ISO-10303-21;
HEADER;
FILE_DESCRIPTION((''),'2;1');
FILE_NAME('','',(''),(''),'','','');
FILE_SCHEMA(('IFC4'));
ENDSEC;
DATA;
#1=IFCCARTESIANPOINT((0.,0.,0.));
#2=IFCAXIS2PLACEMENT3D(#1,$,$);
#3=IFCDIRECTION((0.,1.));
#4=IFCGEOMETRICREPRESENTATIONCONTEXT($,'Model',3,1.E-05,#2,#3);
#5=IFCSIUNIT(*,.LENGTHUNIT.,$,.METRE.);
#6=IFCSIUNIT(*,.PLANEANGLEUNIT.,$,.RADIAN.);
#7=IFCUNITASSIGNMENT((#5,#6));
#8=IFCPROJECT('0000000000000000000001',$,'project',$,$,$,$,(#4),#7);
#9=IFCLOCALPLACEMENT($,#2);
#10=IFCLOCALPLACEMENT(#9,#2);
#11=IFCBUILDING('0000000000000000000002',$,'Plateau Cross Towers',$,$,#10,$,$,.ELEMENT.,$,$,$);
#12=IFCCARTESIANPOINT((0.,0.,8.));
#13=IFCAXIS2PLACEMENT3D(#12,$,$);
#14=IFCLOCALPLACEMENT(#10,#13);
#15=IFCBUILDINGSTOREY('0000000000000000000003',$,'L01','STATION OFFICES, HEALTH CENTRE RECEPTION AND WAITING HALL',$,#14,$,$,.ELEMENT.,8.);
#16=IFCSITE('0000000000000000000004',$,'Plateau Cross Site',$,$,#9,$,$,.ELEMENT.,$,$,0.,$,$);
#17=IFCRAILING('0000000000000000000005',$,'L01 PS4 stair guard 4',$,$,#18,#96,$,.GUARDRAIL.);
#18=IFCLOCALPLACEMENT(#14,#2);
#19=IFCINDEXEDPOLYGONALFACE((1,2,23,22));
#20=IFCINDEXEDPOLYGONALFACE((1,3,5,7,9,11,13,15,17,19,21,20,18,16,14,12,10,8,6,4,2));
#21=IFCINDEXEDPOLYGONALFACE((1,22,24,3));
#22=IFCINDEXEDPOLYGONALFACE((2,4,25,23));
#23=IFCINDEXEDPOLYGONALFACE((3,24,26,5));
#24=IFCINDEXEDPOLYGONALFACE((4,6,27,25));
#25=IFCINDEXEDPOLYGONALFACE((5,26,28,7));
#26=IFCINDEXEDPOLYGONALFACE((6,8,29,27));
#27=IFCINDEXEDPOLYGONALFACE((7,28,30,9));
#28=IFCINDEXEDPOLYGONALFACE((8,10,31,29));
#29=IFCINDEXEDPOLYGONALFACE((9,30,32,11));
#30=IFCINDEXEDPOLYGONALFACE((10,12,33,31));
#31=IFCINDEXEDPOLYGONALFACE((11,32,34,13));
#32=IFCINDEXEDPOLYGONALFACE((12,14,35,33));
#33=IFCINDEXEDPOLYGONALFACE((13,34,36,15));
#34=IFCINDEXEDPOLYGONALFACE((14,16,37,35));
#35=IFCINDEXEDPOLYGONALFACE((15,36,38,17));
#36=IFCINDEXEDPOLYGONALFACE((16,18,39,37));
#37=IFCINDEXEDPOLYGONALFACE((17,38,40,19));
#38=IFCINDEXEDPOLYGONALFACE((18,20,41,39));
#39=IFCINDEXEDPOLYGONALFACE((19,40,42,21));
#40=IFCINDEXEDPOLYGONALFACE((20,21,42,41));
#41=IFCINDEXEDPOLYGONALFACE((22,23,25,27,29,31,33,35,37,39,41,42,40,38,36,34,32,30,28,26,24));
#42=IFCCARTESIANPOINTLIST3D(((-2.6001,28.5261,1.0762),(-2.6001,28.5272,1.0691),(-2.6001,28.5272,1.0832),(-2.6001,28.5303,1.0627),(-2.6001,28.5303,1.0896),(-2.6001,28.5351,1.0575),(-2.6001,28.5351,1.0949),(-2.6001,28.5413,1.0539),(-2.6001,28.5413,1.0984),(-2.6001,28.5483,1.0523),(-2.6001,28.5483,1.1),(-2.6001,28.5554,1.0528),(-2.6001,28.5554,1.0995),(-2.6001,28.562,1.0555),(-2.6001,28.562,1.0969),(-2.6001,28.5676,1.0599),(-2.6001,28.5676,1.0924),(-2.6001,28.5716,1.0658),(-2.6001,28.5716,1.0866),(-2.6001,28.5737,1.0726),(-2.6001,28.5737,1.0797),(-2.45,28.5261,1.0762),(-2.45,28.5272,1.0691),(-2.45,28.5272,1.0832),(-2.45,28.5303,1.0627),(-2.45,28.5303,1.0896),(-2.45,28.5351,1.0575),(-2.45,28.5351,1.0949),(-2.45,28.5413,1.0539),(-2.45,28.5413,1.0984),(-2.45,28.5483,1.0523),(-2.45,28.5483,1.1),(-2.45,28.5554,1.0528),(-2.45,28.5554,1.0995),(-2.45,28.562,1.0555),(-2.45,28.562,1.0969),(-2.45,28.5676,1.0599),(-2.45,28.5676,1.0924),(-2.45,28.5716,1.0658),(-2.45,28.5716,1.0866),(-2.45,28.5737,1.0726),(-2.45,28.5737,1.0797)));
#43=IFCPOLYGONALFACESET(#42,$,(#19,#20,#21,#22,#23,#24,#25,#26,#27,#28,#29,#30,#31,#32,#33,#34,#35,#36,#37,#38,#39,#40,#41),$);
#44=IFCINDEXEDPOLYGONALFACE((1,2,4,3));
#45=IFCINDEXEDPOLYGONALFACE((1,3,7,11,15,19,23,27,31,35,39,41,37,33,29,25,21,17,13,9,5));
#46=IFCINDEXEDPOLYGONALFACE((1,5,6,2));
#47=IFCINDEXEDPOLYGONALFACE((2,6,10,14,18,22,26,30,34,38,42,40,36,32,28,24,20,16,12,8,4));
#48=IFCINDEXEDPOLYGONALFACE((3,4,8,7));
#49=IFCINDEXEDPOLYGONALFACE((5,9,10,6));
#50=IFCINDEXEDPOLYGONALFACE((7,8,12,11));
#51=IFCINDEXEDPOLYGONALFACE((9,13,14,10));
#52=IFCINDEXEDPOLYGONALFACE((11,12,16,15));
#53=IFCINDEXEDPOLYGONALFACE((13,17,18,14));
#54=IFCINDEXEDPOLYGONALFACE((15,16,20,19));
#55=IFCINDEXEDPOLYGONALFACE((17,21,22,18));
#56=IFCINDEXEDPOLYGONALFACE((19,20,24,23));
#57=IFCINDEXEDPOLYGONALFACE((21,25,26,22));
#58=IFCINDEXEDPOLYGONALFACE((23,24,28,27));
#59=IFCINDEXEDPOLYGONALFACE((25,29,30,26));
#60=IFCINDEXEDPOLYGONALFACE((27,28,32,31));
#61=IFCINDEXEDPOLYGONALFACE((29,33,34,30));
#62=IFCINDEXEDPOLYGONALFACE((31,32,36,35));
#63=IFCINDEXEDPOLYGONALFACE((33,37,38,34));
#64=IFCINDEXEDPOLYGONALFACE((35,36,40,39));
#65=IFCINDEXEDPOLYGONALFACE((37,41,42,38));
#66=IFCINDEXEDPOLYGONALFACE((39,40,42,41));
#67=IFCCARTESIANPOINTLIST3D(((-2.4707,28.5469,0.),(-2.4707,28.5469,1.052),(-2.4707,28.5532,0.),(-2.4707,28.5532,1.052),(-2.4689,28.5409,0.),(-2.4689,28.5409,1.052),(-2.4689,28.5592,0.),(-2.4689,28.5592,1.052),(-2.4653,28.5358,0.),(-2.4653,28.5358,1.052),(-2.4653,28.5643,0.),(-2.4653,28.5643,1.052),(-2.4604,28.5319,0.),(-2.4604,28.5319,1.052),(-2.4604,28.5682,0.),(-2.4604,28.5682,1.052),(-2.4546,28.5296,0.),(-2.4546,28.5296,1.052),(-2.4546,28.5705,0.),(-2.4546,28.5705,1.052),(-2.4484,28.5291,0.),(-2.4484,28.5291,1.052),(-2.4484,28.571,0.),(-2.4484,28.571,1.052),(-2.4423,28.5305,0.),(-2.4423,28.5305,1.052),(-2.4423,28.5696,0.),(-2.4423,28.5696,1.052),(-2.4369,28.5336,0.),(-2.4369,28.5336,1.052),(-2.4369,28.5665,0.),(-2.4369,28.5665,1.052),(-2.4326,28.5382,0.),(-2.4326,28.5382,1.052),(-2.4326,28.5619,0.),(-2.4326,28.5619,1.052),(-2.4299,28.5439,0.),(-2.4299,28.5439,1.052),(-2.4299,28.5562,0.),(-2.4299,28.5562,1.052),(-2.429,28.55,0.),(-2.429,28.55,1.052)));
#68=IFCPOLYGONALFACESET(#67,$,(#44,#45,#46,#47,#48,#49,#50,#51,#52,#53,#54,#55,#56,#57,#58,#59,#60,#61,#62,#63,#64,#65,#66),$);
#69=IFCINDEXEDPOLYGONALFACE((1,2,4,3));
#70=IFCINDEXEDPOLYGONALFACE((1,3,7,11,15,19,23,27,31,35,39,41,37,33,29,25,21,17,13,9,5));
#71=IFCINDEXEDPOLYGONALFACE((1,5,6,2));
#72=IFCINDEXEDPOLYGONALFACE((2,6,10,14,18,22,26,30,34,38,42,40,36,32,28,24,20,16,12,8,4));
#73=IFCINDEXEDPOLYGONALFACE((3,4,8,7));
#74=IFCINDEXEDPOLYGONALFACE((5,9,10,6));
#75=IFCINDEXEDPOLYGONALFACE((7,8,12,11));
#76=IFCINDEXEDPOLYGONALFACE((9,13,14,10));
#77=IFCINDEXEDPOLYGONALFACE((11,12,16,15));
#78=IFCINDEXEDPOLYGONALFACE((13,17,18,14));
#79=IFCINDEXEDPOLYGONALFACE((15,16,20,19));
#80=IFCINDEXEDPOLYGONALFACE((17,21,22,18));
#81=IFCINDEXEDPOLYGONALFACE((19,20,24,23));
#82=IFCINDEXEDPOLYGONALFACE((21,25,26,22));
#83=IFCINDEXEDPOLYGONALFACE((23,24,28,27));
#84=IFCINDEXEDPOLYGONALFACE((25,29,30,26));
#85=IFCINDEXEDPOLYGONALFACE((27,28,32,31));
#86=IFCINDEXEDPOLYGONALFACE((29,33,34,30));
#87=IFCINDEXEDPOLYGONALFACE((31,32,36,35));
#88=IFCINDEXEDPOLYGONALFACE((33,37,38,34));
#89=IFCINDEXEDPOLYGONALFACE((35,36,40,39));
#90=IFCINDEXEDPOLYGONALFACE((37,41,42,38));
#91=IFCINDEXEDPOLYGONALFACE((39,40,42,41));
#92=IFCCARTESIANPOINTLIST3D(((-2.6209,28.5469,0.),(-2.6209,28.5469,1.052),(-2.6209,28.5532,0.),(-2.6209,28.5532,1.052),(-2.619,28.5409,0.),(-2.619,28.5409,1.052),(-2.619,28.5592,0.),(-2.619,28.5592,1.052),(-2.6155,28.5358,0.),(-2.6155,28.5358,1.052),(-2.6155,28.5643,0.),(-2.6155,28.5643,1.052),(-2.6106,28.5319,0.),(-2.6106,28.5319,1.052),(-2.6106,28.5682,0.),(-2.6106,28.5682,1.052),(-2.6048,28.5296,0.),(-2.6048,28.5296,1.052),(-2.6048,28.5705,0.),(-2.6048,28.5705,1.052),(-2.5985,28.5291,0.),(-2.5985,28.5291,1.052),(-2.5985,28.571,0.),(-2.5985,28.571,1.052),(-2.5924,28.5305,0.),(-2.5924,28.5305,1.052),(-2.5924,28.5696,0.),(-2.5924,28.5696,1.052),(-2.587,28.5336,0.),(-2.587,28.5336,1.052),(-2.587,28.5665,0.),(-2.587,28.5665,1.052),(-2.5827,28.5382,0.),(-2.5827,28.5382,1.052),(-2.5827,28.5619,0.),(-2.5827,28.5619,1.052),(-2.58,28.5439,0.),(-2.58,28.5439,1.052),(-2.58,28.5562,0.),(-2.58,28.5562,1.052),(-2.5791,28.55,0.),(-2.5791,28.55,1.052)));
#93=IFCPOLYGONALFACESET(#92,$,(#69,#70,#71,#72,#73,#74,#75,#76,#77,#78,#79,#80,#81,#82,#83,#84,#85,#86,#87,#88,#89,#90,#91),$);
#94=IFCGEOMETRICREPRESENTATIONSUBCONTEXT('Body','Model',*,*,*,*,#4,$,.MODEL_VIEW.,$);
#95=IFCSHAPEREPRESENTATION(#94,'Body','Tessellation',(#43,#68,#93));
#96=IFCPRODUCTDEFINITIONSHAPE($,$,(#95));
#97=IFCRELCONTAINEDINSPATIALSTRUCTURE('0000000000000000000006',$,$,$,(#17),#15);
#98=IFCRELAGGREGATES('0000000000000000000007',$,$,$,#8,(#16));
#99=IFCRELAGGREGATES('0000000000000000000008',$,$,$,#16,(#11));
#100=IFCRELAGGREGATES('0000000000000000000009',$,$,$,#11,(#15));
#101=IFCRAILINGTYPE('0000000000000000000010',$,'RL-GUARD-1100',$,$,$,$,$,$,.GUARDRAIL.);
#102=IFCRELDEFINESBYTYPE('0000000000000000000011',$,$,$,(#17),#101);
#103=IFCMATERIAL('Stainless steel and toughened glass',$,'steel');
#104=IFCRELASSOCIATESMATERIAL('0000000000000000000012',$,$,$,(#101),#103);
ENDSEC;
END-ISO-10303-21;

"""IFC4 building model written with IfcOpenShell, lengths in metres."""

from ifc_helpers import new_model, si_unit, direction, frame, origin, origin_2d, place, context, subcontext, project, spatial, circle, extrude, material, type_object, element, save


model = new_model("IFC4")

# Units and contexts
model_context = context("Model", 3, precision=1e-05, world=origin(), true_north=direction((0.0, 1.0)))
body_context = subcontext(model_context, "Body", "Model", "MODEL_VIEW")
ifc_project = project(units=[si_unit("LENGTHUNIT", "METRE"), si_unit("PLANEANGLEUNIT", "RADIAN")], contexts=[model_context])

# Site, building, storey
site_placement = place(None, origin())
site = spatial("IfcSite", under=ifc_project, at=site_placement, Name="Plateau Cross Site", CompositionType="ELEMENT", RefElevation=0.0)
building_placement = place(site_placement, origin())
building = spatial("IfcBuilding", under=site, at=building_placement, Name="Plateau Cross Towers", CompositionType="ELEMENT")
storey_placement = place(building_placement, frame((0.0, 0.0, 8.0)))
storey = spatial("IfcBuildingStorey", under=building, at=storey_placement, Name="L01", Description="STATION OFFICES, HEALTH CENTRE RECEPTION AND WAITING HALL", CompositionType="ELEMENT", Elevation=8.0)

# Railing
ifc_material_1 = material(Name="Stainless steel and toughened glass", Category="steel")
railing_type_1 = type_object("IfcRailingType", Name="RL-GUARD-1100", PredefinedType="GUARDRAIL", material=ifc_material_1)
railing_1_placement = place(storey_placement, frame((-2.45, 28.55, 0.0)))
element("IfcRailing", 1, at=railing_1_placement, inside=storey, type_object=railing_type_1, Name="L01 PS4 stair guard 4", PredefinedType="GUARDRAIL", context=body_context, shape_type="SweptSolid", body=[
    extrude(circle(Radius=0.0239, at=origin_2d()), frame((0.0, 0.0, 1.0762), z_axis=(-1.0, 0.0, 0.0), x_axis=(0.0, -1.0, 0.0)), (0.0, 0.0, 1.0), 0.1501),
    extrude(circle(Radius=0.021, at=origin_2d()), origin(), (0.0, 0.0, 1.0), 1.052),
    extrude(circle(Radius=0.021, at=origin_2d()), frame((-0.1501, 0.0, 0.0)), (0.0, 0.0, 1.0), 1.052),
])

save(model, "model.ifc")
